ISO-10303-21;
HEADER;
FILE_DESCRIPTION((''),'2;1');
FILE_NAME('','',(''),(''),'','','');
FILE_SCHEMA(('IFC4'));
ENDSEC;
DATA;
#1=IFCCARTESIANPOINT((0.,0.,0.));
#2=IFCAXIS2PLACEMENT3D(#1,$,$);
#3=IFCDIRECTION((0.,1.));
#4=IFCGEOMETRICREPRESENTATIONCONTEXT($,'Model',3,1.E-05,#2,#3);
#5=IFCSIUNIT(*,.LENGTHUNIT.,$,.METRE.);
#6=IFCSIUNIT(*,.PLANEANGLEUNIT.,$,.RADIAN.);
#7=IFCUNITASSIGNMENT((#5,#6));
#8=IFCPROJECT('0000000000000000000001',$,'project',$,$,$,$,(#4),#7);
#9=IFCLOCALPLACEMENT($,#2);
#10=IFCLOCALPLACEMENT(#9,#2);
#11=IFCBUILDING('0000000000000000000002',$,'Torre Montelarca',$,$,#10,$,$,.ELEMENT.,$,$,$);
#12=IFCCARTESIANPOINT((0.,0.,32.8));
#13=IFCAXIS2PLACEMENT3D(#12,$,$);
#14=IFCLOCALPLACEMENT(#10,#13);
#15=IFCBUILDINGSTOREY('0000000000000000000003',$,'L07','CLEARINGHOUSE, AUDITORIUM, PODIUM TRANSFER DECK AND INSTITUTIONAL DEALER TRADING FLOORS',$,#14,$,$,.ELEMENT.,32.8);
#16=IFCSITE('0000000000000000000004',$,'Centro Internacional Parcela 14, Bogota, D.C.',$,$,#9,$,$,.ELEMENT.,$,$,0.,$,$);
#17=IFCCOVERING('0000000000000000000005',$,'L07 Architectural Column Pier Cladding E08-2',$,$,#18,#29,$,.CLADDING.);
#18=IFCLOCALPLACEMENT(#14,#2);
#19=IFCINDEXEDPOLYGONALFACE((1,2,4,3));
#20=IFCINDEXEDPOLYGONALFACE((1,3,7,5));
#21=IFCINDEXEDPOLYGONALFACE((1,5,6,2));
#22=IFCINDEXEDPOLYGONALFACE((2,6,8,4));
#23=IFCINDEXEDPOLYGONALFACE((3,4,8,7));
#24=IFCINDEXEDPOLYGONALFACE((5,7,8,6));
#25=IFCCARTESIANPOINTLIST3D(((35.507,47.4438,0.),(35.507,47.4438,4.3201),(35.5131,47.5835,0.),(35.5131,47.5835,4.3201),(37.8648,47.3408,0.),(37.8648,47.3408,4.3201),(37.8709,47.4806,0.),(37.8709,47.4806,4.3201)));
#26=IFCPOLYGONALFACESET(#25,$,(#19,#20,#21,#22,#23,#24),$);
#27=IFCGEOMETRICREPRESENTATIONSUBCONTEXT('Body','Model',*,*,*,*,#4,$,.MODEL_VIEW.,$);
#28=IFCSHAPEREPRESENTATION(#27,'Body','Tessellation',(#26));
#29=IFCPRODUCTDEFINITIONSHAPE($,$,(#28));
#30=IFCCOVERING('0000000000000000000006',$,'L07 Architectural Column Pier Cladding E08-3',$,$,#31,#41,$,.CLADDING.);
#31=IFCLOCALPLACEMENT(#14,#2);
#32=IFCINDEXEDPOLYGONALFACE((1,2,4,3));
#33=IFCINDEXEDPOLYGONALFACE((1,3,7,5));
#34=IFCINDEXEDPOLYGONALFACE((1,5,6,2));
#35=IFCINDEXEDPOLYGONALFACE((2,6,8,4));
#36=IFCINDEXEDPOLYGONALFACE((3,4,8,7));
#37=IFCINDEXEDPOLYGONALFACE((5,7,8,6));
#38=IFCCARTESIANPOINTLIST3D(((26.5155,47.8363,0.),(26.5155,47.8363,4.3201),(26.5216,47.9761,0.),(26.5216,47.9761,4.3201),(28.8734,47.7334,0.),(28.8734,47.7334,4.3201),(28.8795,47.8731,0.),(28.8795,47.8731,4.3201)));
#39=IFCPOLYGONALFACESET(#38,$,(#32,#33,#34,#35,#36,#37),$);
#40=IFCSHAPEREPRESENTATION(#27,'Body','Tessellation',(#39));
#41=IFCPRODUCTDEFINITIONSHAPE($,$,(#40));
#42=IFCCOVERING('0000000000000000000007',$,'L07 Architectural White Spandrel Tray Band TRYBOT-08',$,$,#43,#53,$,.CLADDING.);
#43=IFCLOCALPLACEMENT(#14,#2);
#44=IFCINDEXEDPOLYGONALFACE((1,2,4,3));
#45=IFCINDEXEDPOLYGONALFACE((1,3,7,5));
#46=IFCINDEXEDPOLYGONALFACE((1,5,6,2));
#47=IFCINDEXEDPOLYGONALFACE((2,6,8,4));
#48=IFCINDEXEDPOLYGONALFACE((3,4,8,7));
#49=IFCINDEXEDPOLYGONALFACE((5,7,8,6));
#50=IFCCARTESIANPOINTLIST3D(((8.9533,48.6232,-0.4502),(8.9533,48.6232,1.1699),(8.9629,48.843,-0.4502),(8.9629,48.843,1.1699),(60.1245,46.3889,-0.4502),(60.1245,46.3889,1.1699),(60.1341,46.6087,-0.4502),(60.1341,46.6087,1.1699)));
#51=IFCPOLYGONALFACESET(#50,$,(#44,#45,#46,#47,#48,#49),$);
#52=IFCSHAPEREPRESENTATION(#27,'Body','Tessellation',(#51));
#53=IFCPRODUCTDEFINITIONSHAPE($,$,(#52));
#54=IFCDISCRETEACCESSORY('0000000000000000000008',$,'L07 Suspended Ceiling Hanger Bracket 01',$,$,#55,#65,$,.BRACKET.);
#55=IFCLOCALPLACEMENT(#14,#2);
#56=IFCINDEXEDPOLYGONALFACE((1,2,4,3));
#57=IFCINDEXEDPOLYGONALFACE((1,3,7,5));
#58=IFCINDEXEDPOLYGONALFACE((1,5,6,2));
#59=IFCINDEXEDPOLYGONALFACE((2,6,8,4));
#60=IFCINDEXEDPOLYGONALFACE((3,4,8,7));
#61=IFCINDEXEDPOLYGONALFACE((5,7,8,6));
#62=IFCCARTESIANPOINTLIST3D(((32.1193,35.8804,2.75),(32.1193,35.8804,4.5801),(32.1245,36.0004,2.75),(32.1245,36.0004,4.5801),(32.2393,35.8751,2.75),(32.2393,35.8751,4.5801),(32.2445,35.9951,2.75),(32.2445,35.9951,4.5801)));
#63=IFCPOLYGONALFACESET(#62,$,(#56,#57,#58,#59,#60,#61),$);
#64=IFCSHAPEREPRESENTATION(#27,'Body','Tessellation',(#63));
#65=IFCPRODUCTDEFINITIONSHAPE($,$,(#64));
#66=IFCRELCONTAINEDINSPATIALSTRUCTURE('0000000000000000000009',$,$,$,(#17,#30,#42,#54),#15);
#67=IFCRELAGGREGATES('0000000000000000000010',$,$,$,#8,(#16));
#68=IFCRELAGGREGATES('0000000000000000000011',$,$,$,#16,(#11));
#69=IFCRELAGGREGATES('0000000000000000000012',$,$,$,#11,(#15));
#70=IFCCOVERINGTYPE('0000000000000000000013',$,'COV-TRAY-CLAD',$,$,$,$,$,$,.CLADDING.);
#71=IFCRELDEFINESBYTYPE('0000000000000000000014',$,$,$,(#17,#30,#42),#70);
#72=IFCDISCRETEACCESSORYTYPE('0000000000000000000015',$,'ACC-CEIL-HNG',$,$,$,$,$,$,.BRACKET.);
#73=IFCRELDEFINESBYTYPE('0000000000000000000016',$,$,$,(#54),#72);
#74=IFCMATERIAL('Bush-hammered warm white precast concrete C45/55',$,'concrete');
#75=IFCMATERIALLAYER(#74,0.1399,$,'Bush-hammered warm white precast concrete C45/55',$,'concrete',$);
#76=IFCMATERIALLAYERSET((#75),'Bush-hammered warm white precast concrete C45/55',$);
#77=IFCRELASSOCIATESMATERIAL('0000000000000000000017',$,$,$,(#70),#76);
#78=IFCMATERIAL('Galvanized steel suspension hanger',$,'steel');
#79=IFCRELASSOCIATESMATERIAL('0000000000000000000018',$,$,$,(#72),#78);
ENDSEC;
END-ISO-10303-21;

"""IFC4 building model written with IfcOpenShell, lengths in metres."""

from ifc_helpers import new_model, si_unit, direction, frame, origin, origin_2d, place, context, subcontext, project, spatial, rectangle, extrude, source, transform, mapped, material, layer, layer_set, type_object, element, save


model = new_model("IFC4")

# Units and contexts
model_context = context("Model", 3, precision=1e-05, world=origin(), true_north=direction((0.0, 1.0)))
body_context = subcontext(model_context, "Body", "Model", "MODEL_VIEW")
ifc_project = project(units=[si_unit("LENGTHUNIT", "METRE"), si_unit("PLANEANGLEUNIT", "RADIAN")], contexts=[model_context])

# Site, building, storey
site_placement = place(None, origin())
site = spatial("IfcSite", under=ifc_project, at=site_placement, Name="Centro Internacional Parcela 14, Bogota, D.C.", CompositionType="ELEMENT", RefElevation=0.0)
building_placement = place(site_placement, origin())
building = spatial("IfcBuilding", under=site, at=building_placement, Name="Torre Montelarca", CompositionType="ELEMENT")
storey_placement = place(building_placement, frame((0.0, 0.0, 32.8)))
storey = spatial("IfcBuildingStorey", under=building, at=storey_placement, Name="L07", Description="CLEARINGHOUSE, AUDITORIUM, PODIUM TRANSFER DECK AND INSTITUTIONAL DEALER TRADING FLOORS", CompositionType="ELEMENT", Elevation=32.8)

# Coverings
ifc_material_1 = material(Name="Bush-hammered warm white precast concrete C45/55", Category="concrete")
ifc_layer_1 = layer(ifc_material_1, 0.1399, Name="Bush-hammered warm white precast concrete C45/55", Category="concrete")
ifc_layer_set_1 = layer_set([ifc_layer_1], Name="Bush-hammered warm white precast concrete C45/55")
covering_type = type_object("IfcCoveringType", Name="COV-TRAY-CLAD", PredefinedType="CLADDING", material=ifc_layer_set_1)
shared_shape_1 = source(origin(), body_context, "Body", "SweptSolid", [
    extrude(rectangle(XDim=2.3601, YDim=0.1399, at=origin_2d()), origin(), (0.0, 0.0, 1.0), 4.3201),
])
for number, where, z_axis, x_axis, name in (
    (1, (36.689, 47.4622, 0.0), (0.0, 0.0, 1.0), (-0.999048, 0.043621, 0.0), "L07 Architectural Column Pier Cladding E08-2"),
    (2, (27.6975, 47.8547, 0.0), (0.0, 0.0, 1.0), (-0.999048, 0.043621, 0.0), "L07 Architectural Column Pier Cladding E08-3"),
):
    element("IfcCovering", number, at=place(storey_placement, frame(where, z_axis=z_axis, x_axis=x_axis)), inside=storey, type_object=covering_type, Name=name, PredefinedType="CLADDING", context=body_context, shape_type="MappedRepresentation", body=[
        mapped(shared_shape_1, transform((0.0, 0.0, 0.0), scale=1.0)),
    ])
shared_shape_2 = source(origin(), body_context, "Body", "SweptSolid", [
    extrude(rectangle(XDim=51.22, YDim=0.22, at=origin_2d()), origin(), (0.0, 0.0, 1.0), 1.6201),
])
covering_placement = place(storey_placement, frame((34.5437, 47.616, -0.4502), z_axis=(0.0, 0.0, 1.0), x_axis=(-0.999048, 0.043621, 0.0)))
element("IfcCovering", 3, at=covering_placement, inside=storey, type_object=covering_type, Name="L07 Architectural White Spandrel Tray Band TRYBOT-08", PredefinedType="CLADDING", context=body_context, shape_type="MappedRepresentation", body=[
    mapped(shared_shape_2, transform((0.0, 0.0, 0.0), scale=1.0)),
])

# Discrete accessory
ifc_material_2 = material(Name="Galvanized steel suspension hanger", Category="steel")
discrete_accessory_type = type_object("IfcDiscreteAccessoryType", Name="ACC-CEIL-HNG", PredefinedType="BRACKET", material=ifc_material_2)
shared_shape_3 = source(origin(), body_context, "Body", "SweptSolid", [
    extrude(rectangle(XDim=0.1201, YDim=0.1201, at=origin_2d()), origin(), (0.0, 0.0, 1.0), 1.8301),
])
discrete_accessory_placement = place(storey_placement, frame((32.1819, 35.9377, 2.75), z_axis=(0.0, 0.0, 1.0), x_axis=(-0.999048, 0.043619, 0.0)))
element("IfcDiscreteAccessory", 4, at=discrete_accessory_placement, inside=storey, type_object=discrete_accessory_type, Name="L07 Suspended Ceiling Hanger Bracket 01", PredefinedType="BRACKET", context=body_context, shape_type="MappedRepresentation", body=[
    mapped(shared_shape_3, transform((0.0, 0.0, 0.0), scale=1.0)),
])

save(model, "model.ifc")
